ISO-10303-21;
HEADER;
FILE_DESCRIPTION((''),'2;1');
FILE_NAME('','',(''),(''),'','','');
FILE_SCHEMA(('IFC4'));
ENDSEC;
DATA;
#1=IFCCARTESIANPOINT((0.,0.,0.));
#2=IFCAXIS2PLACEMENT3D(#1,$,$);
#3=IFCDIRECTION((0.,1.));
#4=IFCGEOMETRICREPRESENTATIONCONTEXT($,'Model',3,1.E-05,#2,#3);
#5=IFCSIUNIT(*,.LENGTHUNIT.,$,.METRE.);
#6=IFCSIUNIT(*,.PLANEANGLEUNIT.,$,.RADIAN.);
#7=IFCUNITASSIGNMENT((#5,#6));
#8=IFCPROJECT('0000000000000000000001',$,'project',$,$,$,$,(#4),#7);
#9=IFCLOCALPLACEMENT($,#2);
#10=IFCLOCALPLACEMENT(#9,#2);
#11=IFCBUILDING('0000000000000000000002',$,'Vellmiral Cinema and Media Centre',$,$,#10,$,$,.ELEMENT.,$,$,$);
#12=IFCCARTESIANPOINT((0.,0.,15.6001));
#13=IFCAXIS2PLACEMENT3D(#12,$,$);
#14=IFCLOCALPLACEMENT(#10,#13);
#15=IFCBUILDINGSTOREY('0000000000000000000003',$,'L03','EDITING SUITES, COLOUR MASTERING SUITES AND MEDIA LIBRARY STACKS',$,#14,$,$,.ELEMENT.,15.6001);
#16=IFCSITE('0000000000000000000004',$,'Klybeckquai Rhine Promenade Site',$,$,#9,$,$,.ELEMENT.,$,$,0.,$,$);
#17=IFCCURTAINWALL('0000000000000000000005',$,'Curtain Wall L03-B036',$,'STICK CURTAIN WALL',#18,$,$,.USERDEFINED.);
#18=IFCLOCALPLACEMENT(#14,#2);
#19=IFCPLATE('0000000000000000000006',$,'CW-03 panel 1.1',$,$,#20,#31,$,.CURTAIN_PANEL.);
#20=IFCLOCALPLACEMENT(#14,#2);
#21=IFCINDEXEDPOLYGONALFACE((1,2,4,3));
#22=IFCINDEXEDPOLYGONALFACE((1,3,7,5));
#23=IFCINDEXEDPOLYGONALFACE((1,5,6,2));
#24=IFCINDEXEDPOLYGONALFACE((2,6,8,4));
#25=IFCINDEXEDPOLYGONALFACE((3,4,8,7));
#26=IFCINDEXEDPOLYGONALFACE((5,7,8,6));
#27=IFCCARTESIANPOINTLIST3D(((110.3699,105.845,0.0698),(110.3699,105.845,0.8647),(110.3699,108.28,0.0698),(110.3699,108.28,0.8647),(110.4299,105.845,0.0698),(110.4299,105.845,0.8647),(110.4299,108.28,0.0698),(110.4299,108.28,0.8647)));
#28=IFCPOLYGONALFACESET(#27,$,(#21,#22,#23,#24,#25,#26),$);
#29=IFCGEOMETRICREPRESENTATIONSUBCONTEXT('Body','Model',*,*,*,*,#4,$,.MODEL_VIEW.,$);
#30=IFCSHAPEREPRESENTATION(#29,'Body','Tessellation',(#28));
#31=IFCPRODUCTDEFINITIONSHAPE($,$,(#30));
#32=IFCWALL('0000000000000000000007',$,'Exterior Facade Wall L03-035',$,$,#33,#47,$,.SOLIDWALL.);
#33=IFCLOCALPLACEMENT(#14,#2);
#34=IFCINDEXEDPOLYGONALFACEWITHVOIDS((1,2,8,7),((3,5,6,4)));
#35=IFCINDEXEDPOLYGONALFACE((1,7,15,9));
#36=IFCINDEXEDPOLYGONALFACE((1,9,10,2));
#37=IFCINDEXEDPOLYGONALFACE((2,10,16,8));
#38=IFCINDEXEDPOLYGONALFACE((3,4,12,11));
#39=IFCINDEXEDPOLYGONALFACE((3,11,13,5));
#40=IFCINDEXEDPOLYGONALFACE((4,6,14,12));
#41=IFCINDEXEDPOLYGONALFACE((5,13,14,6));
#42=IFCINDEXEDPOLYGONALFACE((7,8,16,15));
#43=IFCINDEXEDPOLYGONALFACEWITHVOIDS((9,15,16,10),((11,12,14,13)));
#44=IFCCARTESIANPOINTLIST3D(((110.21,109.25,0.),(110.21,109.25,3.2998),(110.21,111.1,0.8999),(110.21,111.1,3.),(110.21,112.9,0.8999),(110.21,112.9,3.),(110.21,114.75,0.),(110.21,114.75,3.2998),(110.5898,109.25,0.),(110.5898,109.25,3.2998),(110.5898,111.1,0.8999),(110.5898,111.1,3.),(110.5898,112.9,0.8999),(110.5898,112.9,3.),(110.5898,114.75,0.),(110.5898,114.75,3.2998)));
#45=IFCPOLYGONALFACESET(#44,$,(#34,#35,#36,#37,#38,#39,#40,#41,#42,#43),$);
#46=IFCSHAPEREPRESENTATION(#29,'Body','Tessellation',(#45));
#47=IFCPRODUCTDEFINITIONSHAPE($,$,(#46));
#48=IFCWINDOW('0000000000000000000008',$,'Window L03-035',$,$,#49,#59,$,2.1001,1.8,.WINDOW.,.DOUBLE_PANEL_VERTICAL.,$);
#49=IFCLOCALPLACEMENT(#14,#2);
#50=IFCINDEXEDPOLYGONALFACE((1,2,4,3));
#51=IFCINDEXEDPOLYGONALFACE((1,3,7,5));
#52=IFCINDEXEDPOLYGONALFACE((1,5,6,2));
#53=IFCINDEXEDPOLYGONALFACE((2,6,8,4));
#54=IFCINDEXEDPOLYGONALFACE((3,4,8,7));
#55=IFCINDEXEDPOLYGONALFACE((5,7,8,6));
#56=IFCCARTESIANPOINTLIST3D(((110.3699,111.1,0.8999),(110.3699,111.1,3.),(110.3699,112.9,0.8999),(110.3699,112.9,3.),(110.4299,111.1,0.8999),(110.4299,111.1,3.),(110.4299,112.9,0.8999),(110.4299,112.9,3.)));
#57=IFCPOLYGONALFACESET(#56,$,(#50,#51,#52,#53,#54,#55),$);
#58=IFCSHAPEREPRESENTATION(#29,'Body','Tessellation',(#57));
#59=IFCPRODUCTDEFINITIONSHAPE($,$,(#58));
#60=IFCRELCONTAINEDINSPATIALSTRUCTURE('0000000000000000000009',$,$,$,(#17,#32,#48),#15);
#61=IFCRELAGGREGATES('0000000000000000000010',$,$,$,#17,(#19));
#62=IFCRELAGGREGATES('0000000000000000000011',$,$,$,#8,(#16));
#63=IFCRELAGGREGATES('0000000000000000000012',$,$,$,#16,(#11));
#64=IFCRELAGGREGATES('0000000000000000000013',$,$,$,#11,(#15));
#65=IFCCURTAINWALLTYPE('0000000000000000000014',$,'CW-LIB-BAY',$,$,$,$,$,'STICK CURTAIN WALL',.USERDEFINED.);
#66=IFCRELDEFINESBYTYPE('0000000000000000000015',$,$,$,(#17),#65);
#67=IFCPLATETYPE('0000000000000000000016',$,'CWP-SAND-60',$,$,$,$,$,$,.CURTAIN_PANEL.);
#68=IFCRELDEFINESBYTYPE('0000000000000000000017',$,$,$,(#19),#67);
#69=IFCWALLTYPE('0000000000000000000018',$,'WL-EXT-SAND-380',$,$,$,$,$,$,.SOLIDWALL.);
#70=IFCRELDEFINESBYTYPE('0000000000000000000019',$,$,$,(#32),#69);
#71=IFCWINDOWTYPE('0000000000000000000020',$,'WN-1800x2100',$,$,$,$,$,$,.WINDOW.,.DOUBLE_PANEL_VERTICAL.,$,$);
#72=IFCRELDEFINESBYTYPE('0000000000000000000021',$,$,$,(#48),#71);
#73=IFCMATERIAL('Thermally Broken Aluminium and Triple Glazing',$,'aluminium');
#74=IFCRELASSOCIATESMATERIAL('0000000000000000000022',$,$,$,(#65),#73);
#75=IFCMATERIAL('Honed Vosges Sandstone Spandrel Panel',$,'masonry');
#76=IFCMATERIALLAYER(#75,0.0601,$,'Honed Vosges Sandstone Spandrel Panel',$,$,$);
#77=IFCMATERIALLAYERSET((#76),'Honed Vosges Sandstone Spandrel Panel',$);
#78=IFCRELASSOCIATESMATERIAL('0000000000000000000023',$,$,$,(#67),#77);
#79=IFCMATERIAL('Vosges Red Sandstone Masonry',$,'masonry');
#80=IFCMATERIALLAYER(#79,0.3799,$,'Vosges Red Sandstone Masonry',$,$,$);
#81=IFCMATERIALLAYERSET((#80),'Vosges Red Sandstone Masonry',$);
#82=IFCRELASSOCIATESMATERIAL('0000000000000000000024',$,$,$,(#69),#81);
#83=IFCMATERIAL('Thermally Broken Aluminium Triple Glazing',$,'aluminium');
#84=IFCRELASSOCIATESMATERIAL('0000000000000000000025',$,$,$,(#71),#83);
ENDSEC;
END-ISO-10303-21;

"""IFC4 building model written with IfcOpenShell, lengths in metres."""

from ifc_helpers import new_model, si_unit, direction, frame, frame_2d, origin, origin_2d, place, context, subcontext, project, spatial, rectangle, extrude, material, layer, layer_set, type_object, element, fill, aggregate, save


model = new_model("IFC4")

# Units and contexts
model_context = context("Model", 3, precision=1e-05, world=origin(), true_north=direction((0.0, 1.0)))
body_context = subcontext(model_context, "Body", "Model", "MODEL_VIEW")
ifc_project = project(units=[si_unit("LENGTHUNIT", "METRE"), si_unit("PLANEANGLEUNIT", "RADIAN")], contexts=[model_context])

# Site, building, storey
site_placement = place(None, origin())
site = spatial("IfcSite", under=ifc_project, at=site_placement, Name="Klybeckquai Rhine Promenade Site", CompositionType="ELEMENT", RefElevation=0.0)
building_placement = place(site_placement, origin())
building = spatial("IfcBuilding", under=site, at=building_placement, Name="Vellmiral Cinema and Media Centre", CompositionType="ELEMENT")
storey_placement = place(building_placement, frame((0.0, 0.0, 15.6001)))
storey = spatial("IfcBuildingStorey", under=building, at=storey_placement, Name="L03", Description="EDITING SUITES, COLOUR MASTERING SUITES AND MEDIA LIBRARY STACKS", CompositionType="ELEMENT", Elevation=15.6001)

# Curtain wall
ifc_material_1 = material(Name="Thermally Broken Aluminium and Triple Glazing", Category="aluminium")
curtain_wall_type = type_object("IfcCurtainWallType", Name="CW-LIB-BAY", ElementType="STICK CURTAIN WALL", PredefinedType="USERDEFINED", material=ifc_material_1)
curtain_wall_1_placement = place(storey_placement, origin())
curtain_wall_1 = element("IfcCurtainWall", 1, at=curtain_wall_1_placement, inside=storey, type_object=curtain_wall_type, Name="Curtain Wall L03-B036", ObjectType="STICK CURTAIN WALL", PredefinedType="USERDEFINED")

# Plate
ifc_material_2 = material(Name="Honed Vosges Sandstone Spandrel Panel", Category="masonry")
ifc_layer_1 = layer(ifc_material_2, 0.0601, Name="Honed Vosges Sandstone Spandrel Panel")
ifc_layer_set_1 = layer_set([ifc_layer_1], Name="Honed Vosges Sandstone Spandrel Panel")
plate_type_1 = type_object("IfcPlateType", Name="CWP-SAND-60", PredefinedType="CURTAIN_PANEL", material=ifc_layer_set_1)
plate_1_placement = place(storey_placement, frame((110.3999, 107.0625, 0.0698), z_axis=(0.0, 0.0, 1.0), x_axis=(0.0, -1.0, 0.0)))
plate_1 = element("IfcPlate", 2, at=plate_1_placement, type_object=plate_type_1, Name="CW-03 panel 1.1", PredefinedType="CURTAIN_PANEL", context=body_context, shape_type="SweptSolid", body=[
    extrude(rectangle(XDim=2.4351, YDim=0.0601, at=origin_2d()), origin(), (0.0, 0.0, 1.0), 0.7949),
])
aggregate(curtain_wall_1, [plate_1])

# Wall, opening, window
ifc_material_3 = material(Name="Vosges Red Sandstone Masonry", Category="masonry")
ifc_layer_2 = layer(ifc_material_3, 0.3799, Name="Vosges Red Sandstone Masonry")
ifc_layer_set_2 = layer_set([ifc_layer_2], Name="Vosges Red Sandstone Masonry")
wall_type = type_object("IfcWallType", Name="WL-EXT-SAND-380", PredefinedType="SOLIDWALL", material=ifc_layer_set_2)
wall_placement = place(storey_placement, frame((110.3999, 114.75, 0.0), z_axis=(0.0, 0.0, 1.0), x_axis=(0.0, -1.0, 0.0)))
wall = element("IfcWall", 3, at=wall_placement, inside=storey, type_object=wall_type, Name="Exterior Facade Wall L03-035", PredefinedType="SOLIDWALL", context=body_context, shape_type="SweptSolid", body=[
    extrude(rectangle(XDim=5.5, YDim=0.3799, at=frame_2d((2.75, 0.0))), origin(), (0.0, 0.0, 1.0), 3.2998),
])
opening_placement = place(wall_placement, frame((1.8501, 0.0, 0.8999)))
opening = element("IfcOpeningElement", 4, at=opening_placement, cuts=wall, PredefinedType="OPENING", context=body_context, shape_type="SweptSolid", body=[
    extrude(rectangle(XDim=1.8, YDim=2.1001, at=frame_2d((0.8999, 1.05))), frame((0.0, 0.2019, 0.0), z_axis=(0.0, -1.0, 0.0), x_axis=(1.0, 0.0, 0.0)), (0.0, 0.0, 1.0), 0.4038),
])
ifc_material_4 = material(Name="Thermally Broken Aluminium Triple Glazing", Category="aluminium")
window_type = type_object("IfcWindowType", Name="WN-1800x2100", PartitioningType="DOUBLE_PANEL_VERTICAL", PredefinedType="WINDOW", material=ifc_material_4)
window_placement = place(opening_placement, origin())
window = element("IfcWindow", 5, at=window_placement, inside=storey, type_object=window_type, Name="Window L03-035", OverallHeight=2.1001, OverallWidth=1.8, PartitioningType="DOUBLE_PANEL_VERTICAL", PredefinedType="WINDOW", context=body_context, shape_type="SweptSolid", body=[
    extrude(rectangle(XDim=1.8, YDim=2.1001, at=frame_2d((0.8999, 1.05))), frame((0.0, 0.03, 0.0), z_axis=(0.0, -1.0, 0.0), x_axis=(1.0, 0.0, 0.0)), (0.0, 0.0, 1.0), 0.0601),
])
fill(opening, window)

save(model, "model.ifc")
